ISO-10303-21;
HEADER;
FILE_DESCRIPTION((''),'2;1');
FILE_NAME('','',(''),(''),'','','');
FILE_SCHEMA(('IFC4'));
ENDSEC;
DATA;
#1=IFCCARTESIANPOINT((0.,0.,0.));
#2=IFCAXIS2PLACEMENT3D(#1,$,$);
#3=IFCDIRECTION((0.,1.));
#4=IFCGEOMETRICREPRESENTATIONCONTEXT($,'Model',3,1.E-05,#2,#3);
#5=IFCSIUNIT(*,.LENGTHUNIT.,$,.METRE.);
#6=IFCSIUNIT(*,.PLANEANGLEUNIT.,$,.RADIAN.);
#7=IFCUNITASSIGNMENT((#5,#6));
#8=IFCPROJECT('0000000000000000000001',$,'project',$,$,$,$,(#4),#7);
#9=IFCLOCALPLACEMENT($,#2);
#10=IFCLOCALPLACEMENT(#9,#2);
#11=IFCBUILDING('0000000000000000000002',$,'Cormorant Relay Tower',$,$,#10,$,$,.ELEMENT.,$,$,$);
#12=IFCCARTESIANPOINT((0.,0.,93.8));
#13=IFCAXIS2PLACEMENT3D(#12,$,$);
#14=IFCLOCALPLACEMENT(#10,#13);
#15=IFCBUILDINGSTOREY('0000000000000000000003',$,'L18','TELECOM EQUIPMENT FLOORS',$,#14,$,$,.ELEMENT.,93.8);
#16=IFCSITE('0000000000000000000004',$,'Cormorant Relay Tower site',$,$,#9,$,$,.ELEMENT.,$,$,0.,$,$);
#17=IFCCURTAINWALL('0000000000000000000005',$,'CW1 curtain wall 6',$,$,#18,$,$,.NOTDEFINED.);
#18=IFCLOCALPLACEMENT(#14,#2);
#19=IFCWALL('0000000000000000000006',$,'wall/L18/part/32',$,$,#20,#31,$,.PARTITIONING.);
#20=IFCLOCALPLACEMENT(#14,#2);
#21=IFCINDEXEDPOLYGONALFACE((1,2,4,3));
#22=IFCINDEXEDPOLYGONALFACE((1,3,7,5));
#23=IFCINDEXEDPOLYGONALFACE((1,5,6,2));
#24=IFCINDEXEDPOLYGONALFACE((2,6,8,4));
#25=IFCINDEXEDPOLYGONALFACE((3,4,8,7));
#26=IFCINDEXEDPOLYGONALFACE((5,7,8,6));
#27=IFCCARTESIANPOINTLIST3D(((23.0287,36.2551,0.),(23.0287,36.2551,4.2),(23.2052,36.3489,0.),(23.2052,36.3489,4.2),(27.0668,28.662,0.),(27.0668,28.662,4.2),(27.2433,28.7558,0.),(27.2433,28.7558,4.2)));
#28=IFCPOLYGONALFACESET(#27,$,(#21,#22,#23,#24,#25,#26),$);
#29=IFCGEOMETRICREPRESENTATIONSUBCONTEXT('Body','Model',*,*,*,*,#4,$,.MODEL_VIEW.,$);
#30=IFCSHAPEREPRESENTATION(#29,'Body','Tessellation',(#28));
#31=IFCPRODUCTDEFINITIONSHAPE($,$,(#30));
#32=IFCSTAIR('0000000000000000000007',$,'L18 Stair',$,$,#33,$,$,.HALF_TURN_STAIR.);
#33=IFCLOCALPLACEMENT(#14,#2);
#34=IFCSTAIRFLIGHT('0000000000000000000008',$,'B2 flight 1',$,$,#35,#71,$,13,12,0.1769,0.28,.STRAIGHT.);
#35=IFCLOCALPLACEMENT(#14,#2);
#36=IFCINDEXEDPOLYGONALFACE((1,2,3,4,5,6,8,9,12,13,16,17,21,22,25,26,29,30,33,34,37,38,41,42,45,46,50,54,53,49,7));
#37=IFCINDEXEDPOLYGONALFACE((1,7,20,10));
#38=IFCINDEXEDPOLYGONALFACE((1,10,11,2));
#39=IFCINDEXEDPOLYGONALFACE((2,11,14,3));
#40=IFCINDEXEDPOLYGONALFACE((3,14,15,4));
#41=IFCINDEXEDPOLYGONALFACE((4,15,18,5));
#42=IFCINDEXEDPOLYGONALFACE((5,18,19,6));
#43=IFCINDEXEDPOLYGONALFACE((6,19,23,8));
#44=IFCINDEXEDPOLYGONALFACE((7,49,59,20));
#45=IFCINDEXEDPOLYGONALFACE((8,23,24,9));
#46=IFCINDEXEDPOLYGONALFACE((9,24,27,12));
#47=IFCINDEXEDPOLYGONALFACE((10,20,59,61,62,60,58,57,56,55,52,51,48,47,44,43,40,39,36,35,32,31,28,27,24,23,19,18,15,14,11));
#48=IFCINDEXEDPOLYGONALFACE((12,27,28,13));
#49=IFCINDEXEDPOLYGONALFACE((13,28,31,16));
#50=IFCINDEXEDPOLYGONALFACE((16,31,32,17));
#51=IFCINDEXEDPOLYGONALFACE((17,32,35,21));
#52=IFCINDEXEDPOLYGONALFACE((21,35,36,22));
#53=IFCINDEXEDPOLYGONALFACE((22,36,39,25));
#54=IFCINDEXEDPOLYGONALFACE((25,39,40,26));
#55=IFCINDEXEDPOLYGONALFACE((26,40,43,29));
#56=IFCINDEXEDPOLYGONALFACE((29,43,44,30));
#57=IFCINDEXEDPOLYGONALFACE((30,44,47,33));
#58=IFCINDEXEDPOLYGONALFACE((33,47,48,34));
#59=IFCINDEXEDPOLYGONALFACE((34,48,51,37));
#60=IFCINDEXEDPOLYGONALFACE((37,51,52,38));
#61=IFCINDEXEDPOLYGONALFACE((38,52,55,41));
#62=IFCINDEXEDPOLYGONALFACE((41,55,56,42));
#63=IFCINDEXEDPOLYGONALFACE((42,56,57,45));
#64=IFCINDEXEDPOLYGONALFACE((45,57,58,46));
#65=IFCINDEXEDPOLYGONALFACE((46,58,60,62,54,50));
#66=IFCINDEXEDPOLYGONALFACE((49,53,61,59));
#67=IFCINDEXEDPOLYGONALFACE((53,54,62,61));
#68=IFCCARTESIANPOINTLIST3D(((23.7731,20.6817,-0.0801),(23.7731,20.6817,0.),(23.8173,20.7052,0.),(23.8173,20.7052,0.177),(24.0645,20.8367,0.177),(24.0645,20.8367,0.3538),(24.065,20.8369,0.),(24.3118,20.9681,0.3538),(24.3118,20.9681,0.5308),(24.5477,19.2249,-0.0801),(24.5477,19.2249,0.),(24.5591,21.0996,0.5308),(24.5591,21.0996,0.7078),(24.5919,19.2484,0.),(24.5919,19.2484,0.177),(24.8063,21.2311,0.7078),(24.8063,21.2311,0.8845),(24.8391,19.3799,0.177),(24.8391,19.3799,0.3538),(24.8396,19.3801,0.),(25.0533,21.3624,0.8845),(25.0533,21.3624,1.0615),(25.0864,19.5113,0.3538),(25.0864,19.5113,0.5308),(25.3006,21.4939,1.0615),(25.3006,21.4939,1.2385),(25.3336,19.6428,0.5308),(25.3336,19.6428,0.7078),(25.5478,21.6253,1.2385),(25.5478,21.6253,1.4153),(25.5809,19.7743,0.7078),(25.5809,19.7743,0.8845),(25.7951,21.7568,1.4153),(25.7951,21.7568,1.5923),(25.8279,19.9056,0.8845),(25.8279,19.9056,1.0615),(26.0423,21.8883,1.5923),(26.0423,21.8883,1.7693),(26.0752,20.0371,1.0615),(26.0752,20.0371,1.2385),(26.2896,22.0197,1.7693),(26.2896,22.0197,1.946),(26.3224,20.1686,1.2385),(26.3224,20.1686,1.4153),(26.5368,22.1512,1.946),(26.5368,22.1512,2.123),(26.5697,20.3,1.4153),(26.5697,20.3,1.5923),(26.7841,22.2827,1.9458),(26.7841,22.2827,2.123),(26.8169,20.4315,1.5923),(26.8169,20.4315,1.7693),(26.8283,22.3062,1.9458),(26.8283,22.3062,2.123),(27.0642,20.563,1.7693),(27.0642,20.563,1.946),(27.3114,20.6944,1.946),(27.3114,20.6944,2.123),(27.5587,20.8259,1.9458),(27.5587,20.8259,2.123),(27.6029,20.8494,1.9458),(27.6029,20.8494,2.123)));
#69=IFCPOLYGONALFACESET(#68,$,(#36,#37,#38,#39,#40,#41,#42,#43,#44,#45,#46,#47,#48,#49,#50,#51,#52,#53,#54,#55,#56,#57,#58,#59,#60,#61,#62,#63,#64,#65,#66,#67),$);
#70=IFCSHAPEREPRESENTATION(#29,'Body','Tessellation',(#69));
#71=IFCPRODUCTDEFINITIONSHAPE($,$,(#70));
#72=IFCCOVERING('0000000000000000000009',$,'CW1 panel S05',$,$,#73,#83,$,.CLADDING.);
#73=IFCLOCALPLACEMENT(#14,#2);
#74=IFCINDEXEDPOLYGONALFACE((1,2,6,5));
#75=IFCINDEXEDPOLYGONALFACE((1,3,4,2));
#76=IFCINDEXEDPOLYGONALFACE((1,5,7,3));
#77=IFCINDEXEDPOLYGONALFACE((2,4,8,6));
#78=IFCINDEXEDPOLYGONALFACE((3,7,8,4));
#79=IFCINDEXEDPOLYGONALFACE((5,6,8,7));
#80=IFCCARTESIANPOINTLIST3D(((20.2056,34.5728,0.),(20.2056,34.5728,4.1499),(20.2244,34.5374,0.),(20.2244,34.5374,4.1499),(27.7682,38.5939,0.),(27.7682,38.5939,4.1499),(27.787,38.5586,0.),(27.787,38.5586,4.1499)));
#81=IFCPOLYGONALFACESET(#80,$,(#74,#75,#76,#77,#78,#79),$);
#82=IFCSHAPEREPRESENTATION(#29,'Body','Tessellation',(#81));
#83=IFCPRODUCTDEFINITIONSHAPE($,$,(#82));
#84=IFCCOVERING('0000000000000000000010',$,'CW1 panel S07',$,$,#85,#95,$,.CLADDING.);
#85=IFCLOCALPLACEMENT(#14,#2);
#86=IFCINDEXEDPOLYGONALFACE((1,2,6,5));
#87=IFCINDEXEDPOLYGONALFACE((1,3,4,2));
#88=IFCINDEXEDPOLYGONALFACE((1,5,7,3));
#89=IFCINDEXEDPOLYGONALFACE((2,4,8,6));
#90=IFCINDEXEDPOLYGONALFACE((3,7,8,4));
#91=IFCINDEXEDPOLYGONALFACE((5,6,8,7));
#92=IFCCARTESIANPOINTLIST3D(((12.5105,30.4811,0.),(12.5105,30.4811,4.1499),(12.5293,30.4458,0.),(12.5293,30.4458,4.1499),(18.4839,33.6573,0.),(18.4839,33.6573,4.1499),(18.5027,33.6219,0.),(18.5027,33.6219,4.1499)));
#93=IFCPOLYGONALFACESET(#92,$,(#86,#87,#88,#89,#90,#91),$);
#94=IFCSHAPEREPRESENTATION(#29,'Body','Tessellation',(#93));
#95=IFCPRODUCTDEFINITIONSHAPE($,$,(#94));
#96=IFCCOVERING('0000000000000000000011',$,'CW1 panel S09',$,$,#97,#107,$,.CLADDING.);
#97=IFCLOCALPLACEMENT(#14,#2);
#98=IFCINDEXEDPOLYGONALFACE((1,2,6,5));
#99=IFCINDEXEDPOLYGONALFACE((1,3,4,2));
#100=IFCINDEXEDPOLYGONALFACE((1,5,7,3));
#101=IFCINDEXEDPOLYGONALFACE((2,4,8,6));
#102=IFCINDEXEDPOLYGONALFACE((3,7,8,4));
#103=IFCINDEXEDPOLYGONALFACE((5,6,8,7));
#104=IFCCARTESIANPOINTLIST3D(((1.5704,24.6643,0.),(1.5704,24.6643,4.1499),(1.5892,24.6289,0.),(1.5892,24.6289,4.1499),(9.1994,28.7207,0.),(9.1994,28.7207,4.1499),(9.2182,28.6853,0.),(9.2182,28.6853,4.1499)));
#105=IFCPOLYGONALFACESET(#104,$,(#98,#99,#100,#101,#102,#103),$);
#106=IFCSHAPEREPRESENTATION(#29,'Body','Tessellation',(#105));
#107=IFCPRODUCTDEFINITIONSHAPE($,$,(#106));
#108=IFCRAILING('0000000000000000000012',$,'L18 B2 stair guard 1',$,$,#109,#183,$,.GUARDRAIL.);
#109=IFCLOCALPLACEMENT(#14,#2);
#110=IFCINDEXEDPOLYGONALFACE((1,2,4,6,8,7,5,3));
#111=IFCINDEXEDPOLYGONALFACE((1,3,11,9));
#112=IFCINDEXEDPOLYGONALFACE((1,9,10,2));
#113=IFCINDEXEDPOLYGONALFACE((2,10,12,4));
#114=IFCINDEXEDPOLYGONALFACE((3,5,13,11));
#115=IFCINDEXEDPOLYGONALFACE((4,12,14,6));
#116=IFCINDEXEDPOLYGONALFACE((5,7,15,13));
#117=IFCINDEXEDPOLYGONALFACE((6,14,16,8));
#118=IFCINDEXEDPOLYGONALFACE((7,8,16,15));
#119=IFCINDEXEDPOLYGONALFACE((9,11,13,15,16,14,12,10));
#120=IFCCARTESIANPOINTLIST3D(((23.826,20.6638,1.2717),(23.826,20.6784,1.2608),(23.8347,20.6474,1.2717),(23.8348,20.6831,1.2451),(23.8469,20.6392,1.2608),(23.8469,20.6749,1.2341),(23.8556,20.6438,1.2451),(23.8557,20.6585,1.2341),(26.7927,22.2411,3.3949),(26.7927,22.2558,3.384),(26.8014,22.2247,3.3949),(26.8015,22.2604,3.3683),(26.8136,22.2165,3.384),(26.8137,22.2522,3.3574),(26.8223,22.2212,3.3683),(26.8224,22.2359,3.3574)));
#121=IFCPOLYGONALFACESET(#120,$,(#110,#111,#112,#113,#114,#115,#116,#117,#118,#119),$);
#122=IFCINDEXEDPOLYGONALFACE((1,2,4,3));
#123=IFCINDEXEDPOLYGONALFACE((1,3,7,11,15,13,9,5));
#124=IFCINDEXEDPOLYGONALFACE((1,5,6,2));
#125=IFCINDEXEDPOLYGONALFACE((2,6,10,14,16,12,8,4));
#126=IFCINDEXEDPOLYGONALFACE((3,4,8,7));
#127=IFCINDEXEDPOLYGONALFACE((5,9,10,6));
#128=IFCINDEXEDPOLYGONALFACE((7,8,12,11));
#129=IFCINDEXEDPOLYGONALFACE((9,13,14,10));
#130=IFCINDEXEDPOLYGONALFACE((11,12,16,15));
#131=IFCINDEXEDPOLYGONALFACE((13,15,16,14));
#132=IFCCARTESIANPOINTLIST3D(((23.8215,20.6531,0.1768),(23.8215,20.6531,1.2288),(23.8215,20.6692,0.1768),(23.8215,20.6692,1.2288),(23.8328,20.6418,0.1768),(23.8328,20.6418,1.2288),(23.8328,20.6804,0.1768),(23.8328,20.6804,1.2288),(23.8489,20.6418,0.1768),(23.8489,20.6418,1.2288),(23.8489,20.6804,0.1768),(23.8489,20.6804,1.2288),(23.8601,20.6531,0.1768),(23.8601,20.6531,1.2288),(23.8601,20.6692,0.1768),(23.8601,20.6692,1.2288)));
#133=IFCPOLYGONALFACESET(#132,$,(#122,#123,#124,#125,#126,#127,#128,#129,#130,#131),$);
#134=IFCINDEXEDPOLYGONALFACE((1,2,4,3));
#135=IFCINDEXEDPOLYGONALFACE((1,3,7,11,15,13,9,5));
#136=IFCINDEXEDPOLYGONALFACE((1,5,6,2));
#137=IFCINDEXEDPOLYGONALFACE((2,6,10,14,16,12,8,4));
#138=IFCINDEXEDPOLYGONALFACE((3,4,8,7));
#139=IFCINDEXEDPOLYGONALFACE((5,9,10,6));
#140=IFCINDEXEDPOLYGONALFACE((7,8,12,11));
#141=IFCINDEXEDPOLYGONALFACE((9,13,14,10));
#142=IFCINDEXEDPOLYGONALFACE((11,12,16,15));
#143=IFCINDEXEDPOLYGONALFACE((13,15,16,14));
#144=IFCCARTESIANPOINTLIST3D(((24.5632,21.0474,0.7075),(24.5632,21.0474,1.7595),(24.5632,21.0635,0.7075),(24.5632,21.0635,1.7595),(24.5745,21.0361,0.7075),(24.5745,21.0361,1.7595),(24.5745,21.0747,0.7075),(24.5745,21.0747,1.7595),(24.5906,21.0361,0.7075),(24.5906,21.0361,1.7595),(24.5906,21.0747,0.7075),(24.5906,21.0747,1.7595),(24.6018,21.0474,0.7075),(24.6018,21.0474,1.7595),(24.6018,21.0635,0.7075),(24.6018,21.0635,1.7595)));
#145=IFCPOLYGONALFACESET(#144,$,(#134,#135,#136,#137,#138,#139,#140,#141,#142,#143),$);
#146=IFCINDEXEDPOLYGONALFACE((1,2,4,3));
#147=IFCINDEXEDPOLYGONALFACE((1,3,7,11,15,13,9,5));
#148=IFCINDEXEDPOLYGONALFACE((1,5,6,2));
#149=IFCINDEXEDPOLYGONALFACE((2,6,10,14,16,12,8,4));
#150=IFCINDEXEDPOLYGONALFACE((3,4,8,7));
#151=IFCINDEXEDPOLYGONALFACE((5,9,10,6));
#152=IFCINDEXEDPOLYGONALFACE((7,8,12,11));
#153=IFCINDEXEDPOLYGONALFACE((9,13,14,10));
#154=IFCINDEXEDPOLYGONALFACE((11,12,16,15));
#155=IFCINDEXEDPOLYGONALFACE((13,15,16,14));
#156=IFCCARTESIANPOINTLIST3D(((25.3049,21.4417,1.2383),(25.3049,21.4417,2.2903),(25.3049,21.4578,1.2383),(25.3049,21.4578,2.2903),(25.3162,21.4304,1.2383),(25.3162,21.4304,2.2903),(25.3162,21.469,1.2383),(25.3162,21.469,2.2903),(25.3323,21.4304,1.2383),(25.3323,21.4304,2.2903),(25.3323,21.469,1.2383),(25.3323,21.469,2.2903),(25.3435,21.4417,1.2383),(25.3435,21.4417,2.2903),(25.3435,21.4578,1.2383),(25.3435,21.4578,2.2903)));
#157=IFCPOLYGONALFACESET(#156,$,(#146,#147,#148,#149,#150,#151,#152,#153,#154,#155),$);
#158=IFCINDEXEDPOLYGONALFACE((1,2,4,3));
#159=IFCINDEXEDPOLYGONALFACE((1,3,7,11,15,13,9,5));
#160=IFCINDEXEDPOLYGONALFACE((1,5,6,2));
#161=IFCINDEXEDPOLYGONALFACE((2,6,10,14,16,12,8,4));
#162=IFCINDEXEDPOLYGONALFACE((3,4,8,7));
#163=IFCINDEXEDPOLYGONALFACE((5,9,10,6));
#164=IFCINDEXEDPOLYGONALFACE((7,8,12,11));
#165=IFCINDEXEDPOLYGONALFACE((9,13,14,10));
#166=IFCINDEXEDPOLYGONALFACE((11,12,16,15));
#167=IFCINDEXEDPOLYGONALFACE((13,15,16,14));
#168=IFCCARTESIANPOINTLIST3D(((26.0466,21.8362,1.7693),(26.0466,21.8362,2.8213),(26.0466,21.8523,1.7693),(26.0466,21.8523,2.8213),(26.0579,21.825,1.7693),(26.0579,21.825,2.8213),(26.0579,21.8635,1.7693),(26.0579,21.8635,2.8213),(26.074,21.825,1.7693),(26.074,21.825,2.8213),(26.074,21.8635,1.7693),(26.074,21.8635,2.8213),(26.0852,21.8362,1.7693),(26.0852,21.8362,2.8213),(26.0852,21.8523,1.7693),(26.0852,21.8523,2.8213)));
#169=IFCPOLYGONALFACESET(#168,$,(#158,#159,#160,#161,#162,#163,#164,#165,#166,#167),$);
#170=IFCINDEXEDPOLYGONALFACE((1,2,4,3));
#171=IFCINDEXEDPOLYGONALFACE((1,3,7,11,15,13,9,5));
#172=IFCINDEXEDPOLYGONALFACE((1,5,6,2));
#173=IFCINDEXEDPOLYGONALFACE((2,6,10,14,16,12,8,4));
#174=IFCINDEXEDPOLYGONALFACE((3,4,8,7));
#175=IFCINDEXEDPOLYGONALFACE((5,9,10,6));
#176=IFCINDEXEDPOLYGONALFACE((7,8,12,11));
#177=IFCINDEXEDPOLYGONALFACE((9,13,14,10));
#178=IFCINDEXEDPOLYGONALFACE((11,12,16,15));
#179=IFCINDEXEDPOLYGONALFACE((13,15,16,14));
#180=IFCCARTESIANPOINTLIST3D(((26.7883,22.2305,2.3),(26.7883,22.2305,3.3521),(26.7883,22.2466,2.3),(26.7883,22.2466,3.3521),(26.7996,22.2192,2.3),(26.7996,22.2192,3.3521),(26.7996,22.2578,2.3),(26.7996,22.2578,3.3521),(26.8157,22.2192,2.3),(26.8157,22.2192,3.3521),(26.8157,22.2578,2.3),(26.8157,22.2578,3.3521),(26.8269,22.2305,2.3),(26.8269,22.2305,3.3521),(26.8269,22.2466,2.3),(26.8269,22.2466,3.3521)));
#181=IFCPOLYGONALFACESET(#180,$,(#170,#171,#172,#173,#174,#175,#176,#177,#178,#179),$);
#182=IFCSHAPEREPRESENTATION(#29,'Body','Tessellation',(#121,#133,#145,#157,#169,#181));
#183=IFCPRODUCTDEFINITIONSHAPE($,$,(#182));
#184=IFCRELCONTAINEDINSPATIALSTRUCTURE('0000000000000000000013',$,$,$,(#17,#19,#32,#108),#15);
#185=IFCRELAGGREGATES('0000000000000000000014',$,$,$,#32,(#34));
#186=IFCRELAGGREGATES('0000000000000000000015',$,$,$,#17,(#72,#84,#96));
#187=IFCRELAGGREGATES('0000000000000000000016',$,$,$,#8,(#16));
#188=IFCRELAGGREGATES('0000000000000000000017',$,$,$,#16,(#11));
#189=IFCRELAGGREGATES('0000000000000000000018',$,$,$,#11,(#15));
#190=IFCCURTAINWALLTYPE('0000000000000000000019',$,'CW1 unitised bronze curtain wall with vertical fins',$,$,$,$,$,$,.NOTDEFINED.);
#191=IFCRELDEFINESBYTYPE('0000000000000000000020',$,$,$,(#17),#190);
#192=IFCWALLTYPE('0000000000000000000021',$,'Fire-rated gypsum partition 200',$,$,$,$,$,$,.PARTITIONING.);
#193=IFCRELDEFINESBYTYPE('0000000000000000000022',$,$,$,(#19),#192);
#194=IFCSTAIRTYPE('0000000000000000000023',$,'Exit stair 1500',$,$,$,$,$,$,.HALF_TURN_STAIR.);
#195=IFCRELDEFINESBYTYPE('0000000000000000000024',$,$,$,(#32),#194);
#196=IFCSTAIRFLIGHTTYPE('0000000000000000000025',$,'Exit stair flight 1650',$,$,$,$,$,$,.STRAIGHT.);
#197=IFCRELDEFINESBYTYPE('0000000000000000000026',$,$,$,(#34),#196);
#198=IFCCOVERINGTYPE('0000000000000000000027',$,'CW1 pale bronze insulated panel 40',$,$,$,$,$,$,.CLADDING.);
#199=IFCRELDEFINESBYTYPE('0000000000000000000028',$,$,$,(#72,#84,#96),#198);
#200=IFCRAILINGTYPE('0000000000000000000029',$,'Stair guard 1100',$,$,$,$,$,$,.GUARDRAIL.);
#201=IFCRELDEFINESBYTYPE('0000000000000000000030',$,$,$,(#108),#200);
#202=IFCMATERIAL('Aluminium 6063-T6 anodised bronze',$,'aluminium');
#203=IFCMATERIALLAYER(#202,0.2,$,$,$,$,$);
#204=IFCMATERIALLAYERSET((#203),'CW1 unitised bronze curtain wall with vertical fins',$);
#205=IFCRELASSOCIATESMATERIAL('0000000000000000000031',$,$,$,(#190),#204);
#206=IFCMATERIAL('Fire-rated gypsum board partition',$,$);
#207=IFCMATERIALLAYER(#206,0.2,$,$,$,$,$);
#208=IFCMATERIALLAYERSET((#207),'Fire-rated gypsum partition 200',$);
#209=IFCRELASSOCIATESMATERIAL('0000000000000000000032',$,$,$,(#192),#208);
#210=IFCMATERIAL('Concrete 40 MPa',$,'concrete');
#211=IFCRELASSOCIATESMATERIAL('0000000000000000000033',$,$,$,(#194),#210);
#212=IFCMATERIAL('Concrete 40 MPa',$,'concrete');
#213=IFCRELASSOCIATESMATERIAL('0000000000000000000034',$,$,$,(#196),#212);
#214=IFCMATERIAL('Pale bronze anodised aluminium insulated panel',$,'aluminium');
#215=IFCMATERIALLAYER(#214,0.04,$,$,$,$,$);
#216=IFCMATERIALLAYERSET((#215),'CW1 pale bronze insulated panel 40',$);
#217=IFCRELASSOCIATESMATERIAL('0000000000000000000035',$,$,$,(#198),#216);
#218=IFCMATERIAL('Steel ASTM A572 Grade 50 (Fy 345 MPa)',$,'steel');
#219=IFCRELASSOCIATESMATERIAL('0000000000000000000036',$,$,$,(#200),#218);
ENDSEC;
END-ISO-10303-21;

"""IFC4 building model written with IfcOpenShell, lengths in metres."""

from ifc_helpers import new_model, si_unit, direction, frame, frame_2d, origin, origin_2d, place, context, subcontext, project, spatial, polyline, rectangle, outline, extrude, material, layer, layer_set, type_object, element, aggregate, save


model = new_model("IFC4")

# Units and contexts
model_context = context("Model", 3, precision=1e-05, world=origin(), true_north=direction((0.0, 1.0)))
body_context = subcontext(model_context, "Body", "Model", "MODEL_VIEW")
ifc_project = project(units=[si_unit("LENGTHUNIT", "METRE"), si_unit("PLANEANGLEUNIT", "RADIAN")], contexts=[model_context])

# Site, building, storey
site_placement = place(None, origin())
site = spatial("IfcSite", under=ifc_project, at=site_placement, Name="Cormorant Relay Tower site", CompositionType="ELEMENT", RefElevation=0.0)
building_placement = place(site_placement, origin())
building = spatial("IfcBuilding", under=site, at=building_placement, Name="Cormorant Relay Tower", CompositionType="ELEMENT")
storey_placement = place(building_placement, frame((0.0, 0.0, 93.8)))
storey = spatial("IfcBuildingStorey", under=building, at=storey_placement, Name="L18", Description="TELECOM EQUIPMENT FLOORS", CompositionType="ELEMENT", Elevation=93.8)

# Curtain wall
ifc_material_1 = material(Name="Aluminium 6063-T6 anodised bronze", Category="aluminium")
ifc_layer_1 = layer(ifc_material_1, 0.2)
ifc_layer_set_1 = layer_set([ifc_layer_1], Name="CW1 unitised bronze curtain wall with vertical fins")
curtain_wall_type = type_object("IfcCurtainWallType", Name="CW1 unitised bronze curtain wall with vertical fins", PredefinedType="NOTDEFINED", material=ifc_layer_set_1)
curtain_wall_1_placement = place(storey_placement, origin())
curtain_wall_1 = element("IfcCurtainWall", 1, at=curtain_wall_1_placement, inside=storey, type_object=curtain_wall_type, Name="CW1 curtain wall 6", PredefinedType="NOTDEFINED")

# Wall
ifc_material_2 = material(Name="Fire-rated gypsum board partition")
ifc_layer_2 = layer(ifc_material_2, 0.2)
ifc_layer_set_2 = layer_set([ifc_layer_2], Name="Fire-rated gypsum partition 200")
wall_type_1 = type_object("IfcWallType", Name="Fire-rated gypsum partition 200", PredefinedType="PARTITIONING", material=ifc_layer_set_2)
wall_1_placement = place(storey_placement, frame((23.1169, 36.302, 0.0), z_axis=(0.0, 0.0, 1.0), x_axis=(0.469545, -0.882909, 0.0)))
element("IfcWall", 2, at=wall_1_placement, inside=storey, type_object=wall_type_1, Name="wall/L18/part/32", PredefinedType="PARTITIONING", context=body_context, shape_type="SweptSolid", body=[
    extrude(rectangle(XDim=8.6001, YDim=0.2, at=frame_2d((4.3, 0.0))), origin(), (0.0, 0.0, 1.0), 4.2),
])

# Stair, stair flight
ifc_material_3 = material(Name="Concrete 40 MPa", Category="concrete")
stair_type = type_object("IfcStairType", Name="Exit stair 1500", PredefinedType="HALF_TURN_STAIR", material=ifc_material_3)
stair_placement = place(storey_placement, origin())
stair = element("IfcStair", 3, at=stair_placement, inside=storey, type_object=stair_type, Name="L18 Stair", PredefinedType="HALF_TURN_STAIR")
ifc_material_4 = material(Name="Concrete 40 MPa", Category="concrete")
stair_flight_type = type_object("IfcStairFlightType", Name="Exit stair flight 1650", PredefinedType="STRAIGHT", material=ifc_material_4)
stair_flight_placement = place(storey_placement, frame((24.2046, 19.9768, 0.0), z_axis=(0.0, 0.0, 1.0), x_axis=(0.882948, 0.469472, 0.0)))
stair_flight = element("IfcStairFlight", 4, at=stair_flight_placement, type_object=stair_flight_type, Name="B2 flight 1", NumberOfRisers=13, NumberOfTreads=12, PredefinedType="STRAIGHT", RiserHeight=0.1769, TreadLength=0.28, context=body_context, shape_type="SweptSolid", body=[
    extrude(outline(polyline([(-0.05, -0.0801), (-0.05, 0.0), (0.0, 0.0), (0.0, 0.177), (0.28, 0.177), (0.28, 0.3538), (0.5601, 0.3538), (0.5601, 0.5308), (0.8401, 0.5308), (0.8401, 0.7078), (1.1201, 0.7078), (1.1201, 0.8845), (1.3999, 0.8845), (1.3999, 1.0615), (1.6799, 1.0615), (1.6799, 1.2385), (1.96, 1.2385), (1.96, 1.4153), (2.24, 1.4153), (2.24, 1.5923), (2.52, 1.5923), (2.52, 1.7693), (2.8, 1.7693), (2.8, 1.946), (3.0801, 1.946), (3.0801, 2.123), (3.3601, 2.123), (3.4102, 2.123), (3.4102, 1.9458), (3.3601, 1.9458), (0.2805, 0.0), (-0.05, -0.0801)])), frame((0.0, 0.825, 0.0), z_axis=(0.0, -1.0, 0.0), x_axis=(1.0, 0.0, 0.0)), (0.0, 0.0, 1.0), 1.6499),
])
aggregate(stair, [stair_flight])

# Coverings
ifc_material_5 = material(Name="Pale bronze anodised aluminium insulated panel", Category="aluminium")
ifc_layer_3 = layer(ifc_material_5, 0.04)
ifc_layer_set_3 = layer_set([ifc_layer_3], Name="CW1 pale bronze insulated panel 40")
covering_type = type_object("IfcCoveringType", Name="CW1 pale bronze insulated panel 40", PredefinedType="CLADDING", material=ifc_layer_set_3)
covering_1_placement = place(storey_placement, frame((23.9963, 36.5657, 0.0), z_axis=(0.0, 0.0, 1.0), x_axis=(-0.882948, -0.469472, 0.0)))
covering_1 = element("IfcCovering", 5, at=covering_1_placement, type_object=covering_type, Name="CW1 panel S05", PredefinedType="CLADDING", context=body_context, shape_type="SweptSolid", body=[
    extrude(rectangle(XDim=8.5652, YDim=0.04, at=origin_2d()), origin(), (0.0, 0.0, 1.0), 4.1499),
])
covering_2_placement = place(storey_placement, frame((15.5066, 32.0515, 0.0), z_axis=(0.0, 0.0, 1.0), x_axis=(-0.882948, -0.469472, 0.0)))
covering_2 = element("IfcCovering", 6, at=covering_2_placement, type_object=covering_type, Name="CW1 panel S07", PredefinedType="CLADDING", context=body_context, shape_type="SweptSolid", body=[
    extrude(rectangle(XDim=6.7654, YDim=0.04, at=origin_2d()), origin(), (0.0, 0.0, 1.0), 4.1499),
])
covering_3_placement = place(storey_placement, frame((5.3943, 26.6748, 0.0), z_axis=(0.0, 0.0, 1.0), x_axis=(-0.882948, -0.469472, 0.0)))
covering_3 = element("IfcCovering", 7, at=covering_3_placement, type_object=covering_type, Name="CW1 panel S09", PredefinedType="CLADDING", context=body_context, shape_type="SweptSolid", body=[
    extrude(rectangle(XDim=8.6404, YDim=0.04, at=origin_2d()), origin(), (0.0, 0.0, 1.0), 4.1499),
])
aggregate(curtain_wall_1, [covering_1, covering_2, covering_3])

# Railing
ifc_material_6 = material(Name="Steel ASTM A572 Grade 50 (Fy 345 MPa)", Category="steel")
railing_type_1 = type_object("IfcRailingType", Name="Stair guard 1100", PredefinedType="GUARDRAIL", material=ifc_material_6)
railing_1_placement = place(storey_placement, frame((23.8408, 20.6611, 0.1768)))
element("IfcRailing", 8, at=railing_1_placement, inside=storey, type_object=railing_type_1, Name="L18 B2 stair guard 1", PredefinedType="GUARDRAIL", context=body_context, shape_type="SweptSolid", body=[
    extrude(outline(polyline([(0.0222, 0.0093), (0.0093, 0.0222), (-0.0093, 0.0222), (-0.0222, 0.0093), (-0.0222, -0.0093), (-0.0093, -0.0222), (0.0093, -0.0222), (0.0222, -0.0093), (0.0222, 0.0093)])), frame((0.0, 0.0, 1.0762), z_axis=(0.746416, 0.396856, 0.534199), x_axis=(-0.469453, 0.882958, 0.0)), (0.0, 0.0, 1.0), 3.9746),
    extrude(outline(polyline([(0.0193, 0.0081), (0.0081, 0.0193), (-0.0081, 0.0193), (-0.0193, 0.0081), (-0.0193, -0.0081), (-0.0081, -0.0193), (0.0081, -0.0193), (0.0193, -0.0081), (0.0193, 0.0081)])), origin(), (0.0, 0.0, 1.0), 1.052),
    extrude(outline(polyline([(0.0193, 0.0081), (0.0081, 0.0193), (-0.0081, 0.0193), (-0.0193, 0.0081), (-0.0193, -0.0081), (-0.0081, -0.0193), (0.0081, -0.0193), (0.0193, -0.0081), (0.0193, 0.0081)])), frame((0.7417, 0.3943, 0.5308)), (0.0, 0.0, 1.0), 1.052),
    extrude(outline(polyline([(0.0193, 0.0081), (0.0081, 0.0193), (-0.0081, 0.0193), (-0.0193, 0.0081), (-0.0193, -0.0081), (-0.0081, -0.0193), (0.0081, -0.0193), (0.0193, -0.0081), (0.0193, 0.0081)])), frame((1.4834, 0.7886, 1.0615)), (0.0, 0.0, 1.0), 1.052),
    extrude(outline(polyline([(0.0193, 0.0081), (0.0081, 0.0193), (-0.0081, 0.0193), (-0.0193, 0.0081), (-0.0193, -0.0081), (-0.0081, -0.0193), (0.0081, -0.0193), (0.0193, -0.0081), (0.0193, 0.0081)])), frame((2.2251, 1.1831, 1.5925)), (0.0, 0.0, 1.0), 1.052),
    extrude(outline(polyline([(0.0193, 0.0081), (0.0081, 0.0193), (-0.0081, 0.0193), (-0.0193, 0.0081), (-0.0193, -0.0081), (-0.0081, -0.0193), (0.0081, -0.0193), (0.0193, -0.0081), (0.0193, 0.0081)])), frame((2.9668, 1.5774, 2.1233)), (0.0, 0.0, 1.0), 1.052),
])

save(model, "model.ifc")
